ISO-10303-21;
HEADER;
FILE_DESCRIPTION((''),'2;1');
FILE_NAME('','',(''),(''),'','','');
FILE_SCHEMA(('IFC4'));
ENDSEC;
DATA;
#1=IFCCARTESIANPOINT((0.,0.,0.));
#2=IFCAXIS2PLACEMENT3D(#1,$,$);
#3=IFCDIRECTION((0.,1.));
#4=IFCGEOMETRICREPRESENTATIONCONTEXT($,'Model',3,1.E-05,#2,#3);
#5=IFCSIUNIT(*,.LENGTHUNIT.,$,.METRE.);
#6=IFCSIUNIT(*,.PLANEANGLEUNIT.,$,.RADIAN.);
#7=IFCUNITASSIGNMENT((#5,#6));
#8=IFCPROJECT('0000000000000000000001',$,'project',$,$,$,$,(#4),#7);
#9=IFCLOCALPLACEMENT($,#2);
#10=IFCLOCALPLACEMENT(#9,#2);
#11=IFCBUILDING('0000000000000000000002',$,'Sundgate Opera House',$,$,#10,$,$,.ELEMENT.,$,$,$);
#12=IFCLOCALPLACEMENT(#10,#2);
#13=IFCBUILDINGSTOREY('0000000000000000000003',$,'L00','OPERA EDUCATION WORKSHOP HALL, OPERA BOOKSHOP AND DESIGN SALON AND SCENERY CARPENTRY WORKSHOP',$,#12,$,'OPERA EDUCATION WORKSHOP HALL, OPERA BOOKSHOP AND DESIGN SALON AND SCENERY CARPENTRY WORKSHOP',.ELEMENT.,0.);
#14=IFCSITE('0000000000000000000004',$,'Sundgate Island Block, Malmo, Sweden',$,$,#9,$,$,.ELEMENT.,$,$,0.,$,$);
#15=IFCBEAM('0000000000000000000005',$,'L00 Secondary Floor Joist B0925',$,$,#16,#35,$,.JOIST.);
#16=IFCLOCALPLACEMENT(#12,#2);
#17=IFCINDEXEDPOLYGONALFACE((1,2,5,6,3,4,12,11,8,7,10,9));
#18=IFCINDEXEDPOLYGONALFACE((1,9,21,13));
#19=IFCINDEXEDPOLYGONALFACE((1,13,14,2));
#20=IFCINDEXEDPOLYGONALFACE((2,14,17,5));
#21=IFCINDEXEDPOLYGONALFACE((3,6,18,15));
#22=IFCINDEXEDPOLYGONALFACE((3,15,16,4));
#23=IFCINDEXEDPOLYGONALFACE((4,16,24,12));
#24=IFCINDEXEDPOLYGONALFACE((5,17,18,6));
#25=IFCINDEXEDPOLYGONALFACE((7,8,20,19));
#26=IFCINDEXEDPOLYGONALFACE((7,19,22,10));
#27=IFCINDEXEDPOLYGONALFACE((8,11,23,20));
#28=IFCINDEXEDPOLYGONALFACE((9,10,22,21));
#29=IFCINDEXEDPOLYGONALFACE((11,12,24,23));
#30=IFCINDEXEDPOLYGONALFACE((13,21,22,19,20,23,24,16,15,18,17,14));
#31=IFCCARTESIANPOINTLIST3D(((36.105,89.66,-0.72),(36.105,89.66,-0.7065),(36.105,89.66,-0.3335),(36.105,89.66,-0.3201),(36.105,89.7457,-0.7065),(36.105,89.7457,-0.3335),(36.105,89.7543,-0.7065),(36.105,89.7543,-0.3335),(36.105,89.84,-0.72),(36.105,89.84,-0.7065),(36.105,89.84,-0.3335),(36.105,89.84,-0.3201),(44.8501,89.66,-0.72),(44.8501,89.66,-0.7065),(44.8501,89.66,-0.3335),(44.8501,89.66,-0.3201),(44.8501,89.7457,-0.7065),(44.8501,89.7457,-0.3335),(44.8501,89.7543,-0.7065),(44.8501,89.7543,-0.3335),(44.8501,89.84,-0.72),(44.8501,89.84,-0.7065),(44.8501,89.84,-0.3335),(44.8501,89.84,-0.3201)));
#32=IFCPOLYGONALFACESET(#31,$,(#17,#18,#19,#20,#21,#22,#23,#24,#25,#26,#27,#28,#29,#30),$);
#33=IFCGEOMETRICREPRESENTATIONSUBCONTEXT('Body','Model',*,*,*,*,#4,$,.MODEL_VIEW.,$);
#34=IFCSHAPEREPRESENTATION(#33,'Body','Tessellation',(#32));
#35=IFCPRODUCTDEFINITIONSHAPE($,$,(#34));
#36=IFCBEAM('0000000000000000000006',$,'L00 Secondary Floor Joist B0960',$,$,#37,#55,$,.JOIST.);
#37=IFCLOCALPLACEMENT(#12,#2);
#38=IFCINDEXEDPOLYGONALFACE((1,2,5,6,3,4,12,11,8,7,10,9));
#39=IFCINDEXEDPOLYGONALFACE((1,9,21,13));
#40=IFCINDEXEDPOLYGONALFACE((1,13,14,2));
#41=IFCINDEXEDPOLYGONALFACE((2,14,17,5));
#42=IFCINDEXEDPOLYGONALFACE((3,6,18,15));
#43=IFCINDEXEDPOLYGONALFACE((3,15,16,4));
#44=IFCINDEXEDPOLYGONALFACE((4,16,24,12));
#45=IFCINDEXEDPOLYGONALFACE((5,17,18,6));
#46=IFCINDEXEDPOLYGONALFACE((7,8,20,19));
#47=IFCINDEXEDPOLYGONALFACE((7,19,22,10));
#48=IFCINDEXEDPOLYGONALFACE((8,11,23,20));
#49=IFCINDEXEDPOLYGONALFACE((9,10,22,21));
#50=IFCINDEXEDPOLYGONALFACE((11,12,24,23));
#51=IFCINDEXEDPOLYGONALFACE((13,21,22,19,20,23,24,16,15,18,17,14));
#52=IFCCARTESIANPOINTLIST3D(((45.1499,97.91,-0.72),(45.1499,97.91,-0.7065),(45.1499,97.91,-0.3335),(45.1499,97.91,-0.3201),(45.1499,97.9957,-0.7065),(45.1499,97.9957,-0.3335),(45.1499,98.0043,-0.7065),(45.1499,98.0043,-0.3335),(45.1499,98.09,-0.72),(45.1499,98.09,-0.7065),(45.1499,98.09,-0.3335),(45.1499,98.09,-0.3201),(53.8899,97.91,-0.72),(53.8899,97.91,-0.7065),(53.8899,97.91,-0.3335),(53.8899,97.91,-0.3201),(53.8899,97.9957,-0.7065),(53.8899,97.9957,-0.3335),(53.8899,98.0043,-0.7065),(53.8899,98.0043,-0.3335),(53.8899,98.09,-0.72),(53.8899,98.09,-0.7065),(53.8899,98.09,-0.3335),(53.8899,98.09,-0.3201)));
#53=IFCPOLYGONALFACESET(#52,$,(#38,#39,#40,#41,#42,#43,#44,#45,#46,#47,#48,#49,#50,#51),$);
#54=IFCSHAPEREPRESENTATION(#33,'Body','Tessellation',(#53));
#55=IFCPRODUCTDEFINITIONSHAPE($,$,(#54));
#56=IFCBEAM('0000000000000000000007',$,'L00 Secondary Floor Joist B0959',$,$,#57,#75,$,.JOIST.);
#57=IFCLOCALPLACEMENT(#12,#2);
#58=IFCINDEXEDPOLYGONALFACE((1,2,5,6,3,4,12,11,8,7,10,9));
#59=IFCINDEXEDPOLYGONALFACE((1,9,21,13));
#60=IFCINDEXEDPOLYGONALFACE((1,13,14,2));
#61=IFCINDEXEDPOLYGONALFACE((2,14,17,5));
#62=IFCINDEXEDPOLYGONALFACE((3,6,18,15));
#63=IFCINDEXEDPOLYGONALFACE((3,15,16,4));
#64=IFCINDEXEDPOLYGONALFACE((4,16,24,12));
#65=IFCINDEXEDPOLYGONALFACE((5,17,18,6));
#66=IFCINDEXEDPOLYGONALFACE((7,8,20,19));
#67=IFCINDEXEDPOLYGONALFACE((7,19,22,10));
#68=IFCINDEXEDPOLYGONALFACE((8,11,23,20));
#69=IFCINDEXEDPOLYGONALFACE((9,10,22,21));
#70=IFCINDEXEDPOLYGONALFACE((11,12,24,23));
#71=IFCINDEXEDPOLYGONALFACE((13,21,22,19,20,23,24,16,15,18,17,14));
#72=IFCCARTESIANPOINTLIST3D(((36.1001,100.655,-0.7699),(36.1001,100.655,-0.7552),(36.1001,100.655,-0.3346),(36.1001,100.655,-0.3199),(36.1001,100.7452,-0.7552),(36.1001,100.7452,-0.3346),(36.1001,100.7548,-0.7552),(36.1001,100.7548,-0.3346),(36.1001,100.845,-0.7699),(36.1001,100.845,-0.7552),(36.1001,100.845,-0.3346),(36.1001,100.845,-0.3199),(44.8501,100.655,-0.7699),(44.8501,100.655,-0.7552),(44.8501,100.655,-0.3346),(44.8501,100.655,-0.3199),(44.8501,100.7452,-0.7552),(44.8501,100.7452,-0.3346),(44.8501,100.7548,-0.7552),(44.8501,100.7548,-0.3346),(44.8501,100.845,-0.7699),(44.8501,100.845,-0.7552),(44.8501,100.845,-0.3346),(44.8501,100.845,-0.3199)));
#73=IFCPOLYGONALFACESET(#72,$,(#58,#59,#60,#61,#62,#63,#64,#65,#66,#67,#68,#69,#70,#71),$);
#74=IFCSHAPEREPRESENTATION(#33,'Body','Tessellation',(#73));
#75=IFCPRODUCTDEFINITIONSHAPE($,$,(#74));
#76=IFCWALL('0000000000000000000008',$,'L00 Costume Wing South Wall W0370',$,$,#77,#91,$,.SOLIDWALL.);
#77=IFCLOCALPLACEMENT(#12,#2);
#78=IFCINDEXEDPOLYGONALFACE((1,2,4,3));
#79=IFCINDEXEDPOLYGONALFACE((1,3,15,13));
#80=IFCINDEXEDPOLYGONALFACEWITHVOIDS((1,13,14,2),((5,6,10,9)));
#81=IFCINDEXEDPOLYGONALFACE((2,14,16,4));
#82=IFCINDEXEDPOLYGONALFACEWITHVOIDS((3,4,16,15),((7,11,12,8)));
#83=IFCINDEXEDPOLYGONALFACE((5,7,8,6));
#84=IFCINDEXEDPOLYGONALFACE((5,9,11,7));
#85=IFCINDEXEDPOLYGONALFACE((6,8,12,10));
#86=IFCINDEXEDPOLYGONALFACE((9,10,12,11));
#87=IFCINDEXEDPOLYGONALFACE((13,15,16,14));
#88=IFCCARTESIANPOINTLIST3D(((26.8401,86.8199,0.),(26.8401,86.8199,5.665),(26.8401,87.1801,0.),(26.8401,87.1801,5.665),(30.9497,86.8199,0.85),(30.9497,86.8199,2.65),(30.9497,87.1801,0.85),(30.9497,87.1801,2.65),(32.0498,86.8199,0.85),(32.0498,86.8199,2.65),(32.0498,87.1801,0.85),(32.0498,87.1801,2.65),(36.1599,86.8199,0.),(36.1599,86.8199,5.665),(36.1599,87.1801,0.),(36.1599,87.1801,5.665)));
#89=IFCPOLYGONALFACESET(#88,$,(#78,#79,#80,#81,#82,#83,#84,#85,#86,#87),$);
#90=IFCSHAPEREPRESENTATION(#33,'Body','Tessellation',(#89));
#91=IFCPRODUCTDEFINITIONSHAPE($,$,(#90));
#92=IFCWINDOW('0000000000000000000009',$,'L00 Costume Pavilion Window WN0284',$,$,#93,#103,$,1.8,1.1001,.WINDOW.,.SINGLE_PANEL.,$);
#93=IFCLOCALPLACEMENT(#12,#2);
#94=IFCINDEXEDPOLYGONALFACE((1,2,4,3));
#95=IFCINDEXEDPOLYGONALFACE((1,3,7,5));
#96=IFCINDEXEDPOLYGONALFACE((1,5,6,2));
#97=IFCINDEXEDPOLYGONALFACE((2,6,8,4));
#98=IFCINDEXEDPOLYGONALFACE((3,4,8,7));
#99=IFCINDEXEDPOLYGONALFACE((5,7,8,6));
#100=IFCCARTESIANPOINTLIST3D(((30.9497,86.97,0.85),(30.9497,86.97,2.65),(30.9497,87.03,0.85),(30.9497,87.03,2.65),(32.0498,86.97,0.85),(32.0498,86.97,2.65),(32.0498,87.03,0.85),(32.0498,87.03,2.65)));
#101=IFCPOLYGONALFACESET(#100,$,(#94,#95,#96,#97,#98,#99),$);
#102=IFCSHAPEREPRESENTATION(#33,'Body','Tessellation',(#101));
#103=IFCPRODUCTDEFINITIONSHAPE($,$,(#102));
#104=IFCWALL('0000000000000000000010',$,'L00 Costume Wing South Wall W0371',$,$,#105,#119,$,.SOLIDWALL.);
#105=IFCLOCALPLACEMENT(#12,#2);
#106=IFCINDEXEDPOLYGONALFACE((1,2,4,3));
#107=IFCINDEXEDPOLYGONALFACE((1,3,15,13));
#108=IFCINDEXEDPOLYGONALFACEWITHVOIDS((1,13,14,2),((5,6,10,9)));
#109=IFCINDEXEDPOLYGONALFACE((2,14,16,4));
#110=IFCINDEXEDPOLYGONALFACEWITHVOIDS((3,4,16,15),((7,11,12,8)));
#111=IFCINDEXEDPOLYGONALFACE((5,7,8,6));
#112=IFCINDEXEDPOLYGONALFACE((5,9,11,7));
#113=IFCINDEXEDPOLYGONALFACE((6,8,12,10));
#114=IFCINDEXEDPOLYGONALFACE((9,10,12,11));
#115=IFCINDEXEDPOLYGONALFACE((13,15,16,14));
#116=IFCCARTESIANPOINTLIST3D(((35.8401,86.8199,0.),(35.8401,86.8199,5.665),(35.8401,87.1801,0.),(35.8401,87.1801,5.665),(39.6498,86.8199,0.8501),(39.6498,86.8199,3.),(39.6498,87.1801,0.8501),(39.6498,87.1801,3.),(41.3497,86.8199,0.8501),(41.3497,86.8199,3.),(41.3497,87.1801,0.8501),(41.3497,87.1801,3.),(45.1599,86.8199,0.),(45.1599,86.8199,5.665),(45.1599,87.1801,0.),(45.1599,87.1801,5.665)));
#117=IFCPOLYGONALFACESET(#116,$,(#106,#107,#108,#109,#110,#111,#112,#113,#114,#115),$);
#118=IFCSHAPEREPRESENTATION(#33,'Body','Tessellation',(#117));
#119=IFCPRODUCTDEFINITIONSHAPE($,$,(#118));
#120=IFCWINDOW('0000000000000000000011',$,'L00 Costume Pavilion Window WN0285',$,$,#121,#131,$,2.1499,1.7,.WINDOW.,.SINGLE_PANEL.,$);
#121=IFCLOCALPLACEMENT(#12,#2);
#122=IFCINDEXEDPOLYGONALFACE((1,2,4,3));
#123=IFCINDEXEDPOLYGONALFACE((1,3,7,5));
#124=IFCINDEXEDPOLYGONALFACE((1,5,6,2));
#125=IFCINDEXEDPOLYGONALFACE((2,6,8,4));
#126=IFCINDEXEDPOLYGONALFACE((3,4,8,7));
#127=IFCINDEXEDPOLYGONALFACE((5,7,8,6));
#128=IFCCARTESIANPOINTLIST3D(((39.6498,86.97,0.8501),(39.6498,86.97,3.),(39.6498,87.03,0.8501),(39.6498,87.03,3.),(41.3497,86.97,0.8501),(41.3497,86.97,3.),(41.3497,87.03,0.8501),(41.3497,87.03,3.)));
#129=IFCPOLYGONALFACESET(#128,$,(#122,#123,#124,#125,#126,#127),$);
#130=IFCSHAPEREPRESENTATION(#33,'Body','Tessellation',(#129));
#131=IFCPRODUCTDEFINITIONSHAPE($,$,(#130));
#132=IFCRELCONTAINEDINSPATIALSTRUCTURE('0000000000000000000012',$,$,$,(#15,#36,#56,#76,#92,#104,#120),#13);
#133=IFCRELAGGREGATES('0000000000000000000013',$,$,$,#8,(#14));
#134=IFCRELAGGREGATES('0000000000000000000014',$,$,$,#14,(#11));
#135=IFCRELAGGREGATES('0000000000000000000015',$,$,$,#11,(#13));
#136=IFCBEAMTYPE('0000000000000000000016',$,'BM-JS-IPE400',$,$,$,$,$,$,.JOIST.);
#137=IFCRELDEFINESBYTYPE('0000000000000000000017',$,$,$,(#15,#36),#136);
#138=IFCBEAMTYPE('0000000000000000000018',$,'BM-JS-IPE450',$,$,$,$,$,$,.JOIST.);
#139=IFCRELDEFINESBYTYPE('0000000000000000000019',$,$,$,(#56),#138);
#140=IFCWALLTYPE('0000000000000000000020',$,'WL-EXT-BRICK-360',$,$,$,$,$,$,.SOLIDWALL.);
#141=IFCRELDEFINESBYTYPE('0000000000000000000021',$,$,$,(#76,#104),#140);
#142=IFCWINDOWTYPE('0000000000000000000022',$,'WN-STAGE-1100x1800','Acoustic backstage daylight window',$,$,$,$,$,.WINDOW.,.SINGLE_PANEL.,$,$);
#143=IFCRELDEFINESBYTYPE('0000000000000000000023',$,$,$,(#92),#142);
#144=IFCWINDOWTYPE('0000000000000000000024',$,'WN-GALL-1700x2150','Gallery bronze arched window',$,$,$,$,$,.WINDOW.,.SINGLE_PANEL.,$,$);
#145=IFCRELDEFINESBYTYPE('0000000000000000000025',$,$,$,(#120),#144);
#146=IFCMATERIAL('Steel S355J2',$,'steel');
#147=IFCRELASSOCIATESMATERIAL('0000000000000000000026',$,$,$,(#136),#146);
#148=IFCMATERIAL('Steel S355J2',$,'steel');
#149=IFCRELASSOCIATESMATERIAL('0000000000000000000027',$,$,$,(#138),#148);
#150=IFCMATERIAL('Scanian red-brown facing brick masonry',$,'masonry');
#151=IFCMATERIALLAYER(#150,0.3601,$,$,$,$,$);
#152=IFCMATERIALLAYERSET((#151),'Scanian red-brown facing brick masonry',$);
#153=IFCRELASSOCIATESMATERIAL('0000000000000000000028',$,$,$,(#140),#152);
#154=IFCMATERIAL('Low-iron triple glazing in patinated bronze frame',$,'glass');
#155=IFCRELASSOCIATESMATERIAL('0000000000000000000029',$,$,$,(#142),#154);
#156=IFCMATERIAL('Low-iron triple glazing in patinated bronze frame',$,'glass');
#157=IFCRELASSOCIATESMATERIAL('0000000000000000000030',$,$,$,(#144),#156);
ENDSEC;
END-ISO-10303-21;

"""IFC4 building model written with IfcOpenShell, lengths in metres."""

from ifc_helpers import new_model, si_unit, direction, frame, frame_2d, origin, origin_2d, place, context, subcontext, project, spatial, rectangle, i_section, extrude, material, layer, layer_set, material_profile, profile_set, type_object, element, fill, save


model = new_model("IFC4")

# Units and contexts
model_context = context("Model", 3, precision=1e-05, world=origin(), true_north=direction((0.0, 1.0)))
body_context = subcontext(model_context, "Body", "Model", "MODEL_VIEW")
ifc_project = project(units=[si_unit("LENGTHUNIT", "METRE"), si_unit("PLANEANGLEUNIT", "RADIAN")], contexts=[model_context])

# Site, building, storey
site_placement = place(None, origin())
site = spatial("IfcSite", under=ifc_project, at=site_placement, Name="Sundgate Island Block, Malmo, Sweden", CompositionType="ELEMENT", RefElevation=0.0)
building_placement = place(site_placement, origin())
building = spatial("IfcBuilding", under=site, at=building_placement, Name="Sundgate Opera House", CompositionType="ELEMENT")
storey_placement = place(building_placement, origin())
storey = spatial("IfcBuildingStorey", under=building, at=storey_placement, Name="L00", Description="OPERA EDUCATION WORKSHOP HALL, OPERA BOOKSHOP AND DESIGN SALON AND SCENERY CARPENTRY WORKSHOP", LongName="OPERA EDUCATION WORKSHOP HALL, OPERA BOOKSHOP AND DESIGN SALON AND SCENERY CARPENTRY WORKSHOP", CompositionType="ELEMENT", Elevation=0.0)

# Beams
ifc_material_1 = material(Name="Steel S355J2", Category="steel")
ifc_material_profile_1 = material_profile(ifc_material_1, i_section(OverallWidth=0.1799, OverallDepth=0.3999, WebThickness=0.0085, FlangeThickness=0.0134, at=origin_2d()), Name="IPE 400")
ifc_profile_set_1 = profile_set([ifc_material_profile_1], Name="Steel S355J2")
beam_type_1 = type_object("IfcBeamType", Name="BM-JS-IPE400", PredefinedType="JOIST", material=ifc_profile_set_1)
beam_1_placement = place(storey_placement, frame((36.105, 89.75, -0.52), z_axis=(1.0, 0.0, 0.0), x_axis=(0.0, 1.0, 0.0)))
element("IfcBeam", 1, at=beam_1_placement, inside=storey, type_object=beam_type_1, Name="L00 Secondary Floor Joist B0925", PredefinedType="JOIST", context=body_context, shape_type="SweptSolid", body=[
    extrude(i_section(OverallWidth=0.1799, OverallDepth=0.3999, WebThickness=0.0085, FlangeThickness=0.0134, at=origin_2d()), origin(), (0.0, 0.0, 1.0), 8.7451),
])
beam_2_placement = place(storey_placement, frame((45.1499, 98.0, -0.52), z_axis=(1.0, 0.0, 0.0), x_axis=(0.0, 1.0, 0.0)))
element("IfcBeam", 2, at=beam_2_placement, inside=storey, type_object=beam_type_1, Name="L00 Secondary Floor Joist B0960", PredefinedType="JOIST", context=body_context, shape_type="SweptSolid", body=[
    extrude(i_section(OverallWidth=0.1799, OverallDepth=0.3999, WebThickness=0.0085, FlangeThickness=0.0134, at=origin_2d()), origin(), (0.0, 0.0, 1.0), 8.74),
])
ifc_material_2 = material(Name="Steel S355J2", Category="steel")
ifc_material_profile_2 = material_profile(ifc_material_2, i_section(OverallWidth=0.1899, OverallDepth=0.45, WebThickness=0.0095, FlangeThickness=0.0146, at=origin_2d()), Name="IPE 450")
ifc_profile_set_2 = profile_set([ifc_material_profile_2], Name="Steel S355J2")
beam_type_2 = type_object("IfcBeamType", Name="BM-JS-IPE450", PredefinedType="JOIST", material=ifc_profile_set_2)
beam_3_placement = place(storey_placement, frame((36.1001, 100.75, -0.5449), z_axis=(1.0, 0.0, 0.0), x_axis=(0.0, 1.0, 0.0)))
element("IfcBeam", 3, at=beam_3_placement, inside=storey, type_object=beam_type_2, Name="L00 Secondary Floor Joist B0959", PredefinedType="JOIST", context=body_context, shape_type="SweptSolid", body=[
    extrude(i_section(OverallWidth=0.1899, OverallDepth=0.45, WebThickness=0.0095, FlangeThickness=0.0146, at=origin_2d()), origin(), (0.0, 0.0, 1.0), 8.75),
])

# Walls, openings, windows
ifc_material_3 = material(Name="Scanian red-brown facing brick masonry", Category="masonry")
ifc_layer = layer(ifc_material_3, 0.3601)
ifc_layer_set = layer_set([ifc_layer], Name="Scanian red-brown facing brick masonry")
wall_type = type_object("IfcWallType", Name="WL-EXT-BRICK-360", PredefinedType="SOLIDWALL", material=ifc_layer_set)
wall_1_placement = place(storey_placement, frame((36.1599, 87.0, 0.0), z_axis=(0.0, 0.0, 1.0), x_axis=(-1.0, 0.0, 0.0)))
wall_1 = element("IfcWall", 4, at=wall_1_placement, inside=storey, type_object=wall_type, Name="L00 Costume Wing South Wall W0370", PredefinedType="SOLIDWALL", context=body_context, shape_type="SweptSolid", body=[
    extrude(rectangle(XDim=9.3198, YDim=0.3601, at=frame_2d((4.6599, 0.0))), origin(), (0.0, 0.0, 1.0), 5.665),
])
opening_1_placement = place(wall_1_placement, frame((4.1101, 0.0, 0.8501)))
opening_1 = element("IfcOpeningElement", 5, at=opening_1_placement, cuts=wall_1, PredefinedType="OPENING", context=body_context, shape_type="SweptSolid", body=[
    extrude(rectangle(XDim=1.1001, YDim=1.8, at=frame_2d((0.55, 0.8999))), frame((0.0, 0.1899, 0.0), z_axis=(0.0, -1.0, 0.0), x_axis=(1.0, 0.0, 0.0)), (0.0, 0.0, 1.0), 0.3801),
])
ifc_material_4 = material(Name="Low-iron triple glazing in patinated bronze frame", Category="glass")
window_type_1 = type_object("IfcWindowType", Name="WN-STAGE-1100x1800", Description="Acoustic backstage daylight window", PartitioningType="SINGLE_PANEL", PredefinedType="WINDOW", material=ifc_material_4)
window_1_placement = place(opening_1_placement, origin())
window_1 = element("IfcWindow", 6, at=window_1_placement, inside=storey, type_object=window_type_1, Name="L00 Costume Pavilion Window WN0284", OverallHeight=1.8, OverallWidth=1.1001, PartitioningType="SINGLE_PANEL", PredefinedType="WINDOW", context=body_context, shape_type="SweptSolid", body=[
    extrude(rectangle(XDim=1.1001, YDim=1.8, at=frame_2d((0.55, 0.8999))), frame((0.0, 0.03, 0.0), z_axis=(0.0, -1.0, 0.0), x_axis=(1.0, 0.0, 0.0)), (0.0, 0.0, 1.0), 0.0601),
])
fill(opening_1, window_1)
wall_2_placement = place(storey_placement, frame((45.1599, 87.0, 0.0), z_axis=(0.0, 0.0, 1.0), x_axis=(-1.0, 0.0, 0.0)))
wall_2 = element("IfcWall", 7, at=wall_2_placement, inside=storey, type_object=wall_type, Name="L00 Costume Wing South Wall W0371", PredefinedType="SOLIDWALL", context=body_context, shape_type="SweptSolid", body=[
    extrude(rectangle(XDim=9.3198, YDim=0.3601, at=frame_2d((4.6599, 0.0))), origin(), (0.0, 0.0, 1.0), 5.665),
])
opening_2_placement = place(wall_2_placement, frame((3.8101, 0.0, 0.8501)))
opening_2 = element("IfcOpeningElement", 8, at=opening_2_placement, cuts=wall_2, PredefinedType="OPENING", context=body_context, shape_type="SweptSolid", body=[
    extrude(rectangle(XDim=1.7, YDim=2.1499, at=frame_2d((0.8501, 1.075))), frame((0.0, 0.1899, 0.0), z_axis=(0.0, -1.0, 0.0), x_axis=(1.0, 0.0, 0.0)), (0.0, 0.0, 1.0), 0.3801),
])
ifc_material_5 = material(Name="Low-iron triple glazing in patinated bronze frame", Category="glass")
window_type_2 = type_object("IfcWindowType", Name="WN-GALL-1700x2150", Description="Gallery bronze arched window", PartitioningType="SINGLE_PANEL", PredefinedType="WINDOW", material=ifc_material_5)
window_2_placement = place(opening_2_placement, origin())
window_2 = element("IfcWindow", 9, at=window_2_placement, inside=storey, type_object=window_type_2, Name="L00 Costume Pavilion Window WN0285", OverallHeight=2.1499, OverallWidth=1.7, PartitioningType="SINGLE_PANEL", PredefinedType="WINDOW", context=body_context, shape_type="SweptSolid", body=[
    extrude(rectangle(XDim=1.7, YDim=2.1499, at=frame_2d((0.8501, 1.075))), frame((0.0, 0.03, 0.0), z_axis=(0.0, -1.0, 0.0), x_axis=(1.0, 0.0, 0.0)), (0.0, 0.0, 1.0), 0.0601),
])
fill(opening_2, window_2)

save(model, "model.ifc")
